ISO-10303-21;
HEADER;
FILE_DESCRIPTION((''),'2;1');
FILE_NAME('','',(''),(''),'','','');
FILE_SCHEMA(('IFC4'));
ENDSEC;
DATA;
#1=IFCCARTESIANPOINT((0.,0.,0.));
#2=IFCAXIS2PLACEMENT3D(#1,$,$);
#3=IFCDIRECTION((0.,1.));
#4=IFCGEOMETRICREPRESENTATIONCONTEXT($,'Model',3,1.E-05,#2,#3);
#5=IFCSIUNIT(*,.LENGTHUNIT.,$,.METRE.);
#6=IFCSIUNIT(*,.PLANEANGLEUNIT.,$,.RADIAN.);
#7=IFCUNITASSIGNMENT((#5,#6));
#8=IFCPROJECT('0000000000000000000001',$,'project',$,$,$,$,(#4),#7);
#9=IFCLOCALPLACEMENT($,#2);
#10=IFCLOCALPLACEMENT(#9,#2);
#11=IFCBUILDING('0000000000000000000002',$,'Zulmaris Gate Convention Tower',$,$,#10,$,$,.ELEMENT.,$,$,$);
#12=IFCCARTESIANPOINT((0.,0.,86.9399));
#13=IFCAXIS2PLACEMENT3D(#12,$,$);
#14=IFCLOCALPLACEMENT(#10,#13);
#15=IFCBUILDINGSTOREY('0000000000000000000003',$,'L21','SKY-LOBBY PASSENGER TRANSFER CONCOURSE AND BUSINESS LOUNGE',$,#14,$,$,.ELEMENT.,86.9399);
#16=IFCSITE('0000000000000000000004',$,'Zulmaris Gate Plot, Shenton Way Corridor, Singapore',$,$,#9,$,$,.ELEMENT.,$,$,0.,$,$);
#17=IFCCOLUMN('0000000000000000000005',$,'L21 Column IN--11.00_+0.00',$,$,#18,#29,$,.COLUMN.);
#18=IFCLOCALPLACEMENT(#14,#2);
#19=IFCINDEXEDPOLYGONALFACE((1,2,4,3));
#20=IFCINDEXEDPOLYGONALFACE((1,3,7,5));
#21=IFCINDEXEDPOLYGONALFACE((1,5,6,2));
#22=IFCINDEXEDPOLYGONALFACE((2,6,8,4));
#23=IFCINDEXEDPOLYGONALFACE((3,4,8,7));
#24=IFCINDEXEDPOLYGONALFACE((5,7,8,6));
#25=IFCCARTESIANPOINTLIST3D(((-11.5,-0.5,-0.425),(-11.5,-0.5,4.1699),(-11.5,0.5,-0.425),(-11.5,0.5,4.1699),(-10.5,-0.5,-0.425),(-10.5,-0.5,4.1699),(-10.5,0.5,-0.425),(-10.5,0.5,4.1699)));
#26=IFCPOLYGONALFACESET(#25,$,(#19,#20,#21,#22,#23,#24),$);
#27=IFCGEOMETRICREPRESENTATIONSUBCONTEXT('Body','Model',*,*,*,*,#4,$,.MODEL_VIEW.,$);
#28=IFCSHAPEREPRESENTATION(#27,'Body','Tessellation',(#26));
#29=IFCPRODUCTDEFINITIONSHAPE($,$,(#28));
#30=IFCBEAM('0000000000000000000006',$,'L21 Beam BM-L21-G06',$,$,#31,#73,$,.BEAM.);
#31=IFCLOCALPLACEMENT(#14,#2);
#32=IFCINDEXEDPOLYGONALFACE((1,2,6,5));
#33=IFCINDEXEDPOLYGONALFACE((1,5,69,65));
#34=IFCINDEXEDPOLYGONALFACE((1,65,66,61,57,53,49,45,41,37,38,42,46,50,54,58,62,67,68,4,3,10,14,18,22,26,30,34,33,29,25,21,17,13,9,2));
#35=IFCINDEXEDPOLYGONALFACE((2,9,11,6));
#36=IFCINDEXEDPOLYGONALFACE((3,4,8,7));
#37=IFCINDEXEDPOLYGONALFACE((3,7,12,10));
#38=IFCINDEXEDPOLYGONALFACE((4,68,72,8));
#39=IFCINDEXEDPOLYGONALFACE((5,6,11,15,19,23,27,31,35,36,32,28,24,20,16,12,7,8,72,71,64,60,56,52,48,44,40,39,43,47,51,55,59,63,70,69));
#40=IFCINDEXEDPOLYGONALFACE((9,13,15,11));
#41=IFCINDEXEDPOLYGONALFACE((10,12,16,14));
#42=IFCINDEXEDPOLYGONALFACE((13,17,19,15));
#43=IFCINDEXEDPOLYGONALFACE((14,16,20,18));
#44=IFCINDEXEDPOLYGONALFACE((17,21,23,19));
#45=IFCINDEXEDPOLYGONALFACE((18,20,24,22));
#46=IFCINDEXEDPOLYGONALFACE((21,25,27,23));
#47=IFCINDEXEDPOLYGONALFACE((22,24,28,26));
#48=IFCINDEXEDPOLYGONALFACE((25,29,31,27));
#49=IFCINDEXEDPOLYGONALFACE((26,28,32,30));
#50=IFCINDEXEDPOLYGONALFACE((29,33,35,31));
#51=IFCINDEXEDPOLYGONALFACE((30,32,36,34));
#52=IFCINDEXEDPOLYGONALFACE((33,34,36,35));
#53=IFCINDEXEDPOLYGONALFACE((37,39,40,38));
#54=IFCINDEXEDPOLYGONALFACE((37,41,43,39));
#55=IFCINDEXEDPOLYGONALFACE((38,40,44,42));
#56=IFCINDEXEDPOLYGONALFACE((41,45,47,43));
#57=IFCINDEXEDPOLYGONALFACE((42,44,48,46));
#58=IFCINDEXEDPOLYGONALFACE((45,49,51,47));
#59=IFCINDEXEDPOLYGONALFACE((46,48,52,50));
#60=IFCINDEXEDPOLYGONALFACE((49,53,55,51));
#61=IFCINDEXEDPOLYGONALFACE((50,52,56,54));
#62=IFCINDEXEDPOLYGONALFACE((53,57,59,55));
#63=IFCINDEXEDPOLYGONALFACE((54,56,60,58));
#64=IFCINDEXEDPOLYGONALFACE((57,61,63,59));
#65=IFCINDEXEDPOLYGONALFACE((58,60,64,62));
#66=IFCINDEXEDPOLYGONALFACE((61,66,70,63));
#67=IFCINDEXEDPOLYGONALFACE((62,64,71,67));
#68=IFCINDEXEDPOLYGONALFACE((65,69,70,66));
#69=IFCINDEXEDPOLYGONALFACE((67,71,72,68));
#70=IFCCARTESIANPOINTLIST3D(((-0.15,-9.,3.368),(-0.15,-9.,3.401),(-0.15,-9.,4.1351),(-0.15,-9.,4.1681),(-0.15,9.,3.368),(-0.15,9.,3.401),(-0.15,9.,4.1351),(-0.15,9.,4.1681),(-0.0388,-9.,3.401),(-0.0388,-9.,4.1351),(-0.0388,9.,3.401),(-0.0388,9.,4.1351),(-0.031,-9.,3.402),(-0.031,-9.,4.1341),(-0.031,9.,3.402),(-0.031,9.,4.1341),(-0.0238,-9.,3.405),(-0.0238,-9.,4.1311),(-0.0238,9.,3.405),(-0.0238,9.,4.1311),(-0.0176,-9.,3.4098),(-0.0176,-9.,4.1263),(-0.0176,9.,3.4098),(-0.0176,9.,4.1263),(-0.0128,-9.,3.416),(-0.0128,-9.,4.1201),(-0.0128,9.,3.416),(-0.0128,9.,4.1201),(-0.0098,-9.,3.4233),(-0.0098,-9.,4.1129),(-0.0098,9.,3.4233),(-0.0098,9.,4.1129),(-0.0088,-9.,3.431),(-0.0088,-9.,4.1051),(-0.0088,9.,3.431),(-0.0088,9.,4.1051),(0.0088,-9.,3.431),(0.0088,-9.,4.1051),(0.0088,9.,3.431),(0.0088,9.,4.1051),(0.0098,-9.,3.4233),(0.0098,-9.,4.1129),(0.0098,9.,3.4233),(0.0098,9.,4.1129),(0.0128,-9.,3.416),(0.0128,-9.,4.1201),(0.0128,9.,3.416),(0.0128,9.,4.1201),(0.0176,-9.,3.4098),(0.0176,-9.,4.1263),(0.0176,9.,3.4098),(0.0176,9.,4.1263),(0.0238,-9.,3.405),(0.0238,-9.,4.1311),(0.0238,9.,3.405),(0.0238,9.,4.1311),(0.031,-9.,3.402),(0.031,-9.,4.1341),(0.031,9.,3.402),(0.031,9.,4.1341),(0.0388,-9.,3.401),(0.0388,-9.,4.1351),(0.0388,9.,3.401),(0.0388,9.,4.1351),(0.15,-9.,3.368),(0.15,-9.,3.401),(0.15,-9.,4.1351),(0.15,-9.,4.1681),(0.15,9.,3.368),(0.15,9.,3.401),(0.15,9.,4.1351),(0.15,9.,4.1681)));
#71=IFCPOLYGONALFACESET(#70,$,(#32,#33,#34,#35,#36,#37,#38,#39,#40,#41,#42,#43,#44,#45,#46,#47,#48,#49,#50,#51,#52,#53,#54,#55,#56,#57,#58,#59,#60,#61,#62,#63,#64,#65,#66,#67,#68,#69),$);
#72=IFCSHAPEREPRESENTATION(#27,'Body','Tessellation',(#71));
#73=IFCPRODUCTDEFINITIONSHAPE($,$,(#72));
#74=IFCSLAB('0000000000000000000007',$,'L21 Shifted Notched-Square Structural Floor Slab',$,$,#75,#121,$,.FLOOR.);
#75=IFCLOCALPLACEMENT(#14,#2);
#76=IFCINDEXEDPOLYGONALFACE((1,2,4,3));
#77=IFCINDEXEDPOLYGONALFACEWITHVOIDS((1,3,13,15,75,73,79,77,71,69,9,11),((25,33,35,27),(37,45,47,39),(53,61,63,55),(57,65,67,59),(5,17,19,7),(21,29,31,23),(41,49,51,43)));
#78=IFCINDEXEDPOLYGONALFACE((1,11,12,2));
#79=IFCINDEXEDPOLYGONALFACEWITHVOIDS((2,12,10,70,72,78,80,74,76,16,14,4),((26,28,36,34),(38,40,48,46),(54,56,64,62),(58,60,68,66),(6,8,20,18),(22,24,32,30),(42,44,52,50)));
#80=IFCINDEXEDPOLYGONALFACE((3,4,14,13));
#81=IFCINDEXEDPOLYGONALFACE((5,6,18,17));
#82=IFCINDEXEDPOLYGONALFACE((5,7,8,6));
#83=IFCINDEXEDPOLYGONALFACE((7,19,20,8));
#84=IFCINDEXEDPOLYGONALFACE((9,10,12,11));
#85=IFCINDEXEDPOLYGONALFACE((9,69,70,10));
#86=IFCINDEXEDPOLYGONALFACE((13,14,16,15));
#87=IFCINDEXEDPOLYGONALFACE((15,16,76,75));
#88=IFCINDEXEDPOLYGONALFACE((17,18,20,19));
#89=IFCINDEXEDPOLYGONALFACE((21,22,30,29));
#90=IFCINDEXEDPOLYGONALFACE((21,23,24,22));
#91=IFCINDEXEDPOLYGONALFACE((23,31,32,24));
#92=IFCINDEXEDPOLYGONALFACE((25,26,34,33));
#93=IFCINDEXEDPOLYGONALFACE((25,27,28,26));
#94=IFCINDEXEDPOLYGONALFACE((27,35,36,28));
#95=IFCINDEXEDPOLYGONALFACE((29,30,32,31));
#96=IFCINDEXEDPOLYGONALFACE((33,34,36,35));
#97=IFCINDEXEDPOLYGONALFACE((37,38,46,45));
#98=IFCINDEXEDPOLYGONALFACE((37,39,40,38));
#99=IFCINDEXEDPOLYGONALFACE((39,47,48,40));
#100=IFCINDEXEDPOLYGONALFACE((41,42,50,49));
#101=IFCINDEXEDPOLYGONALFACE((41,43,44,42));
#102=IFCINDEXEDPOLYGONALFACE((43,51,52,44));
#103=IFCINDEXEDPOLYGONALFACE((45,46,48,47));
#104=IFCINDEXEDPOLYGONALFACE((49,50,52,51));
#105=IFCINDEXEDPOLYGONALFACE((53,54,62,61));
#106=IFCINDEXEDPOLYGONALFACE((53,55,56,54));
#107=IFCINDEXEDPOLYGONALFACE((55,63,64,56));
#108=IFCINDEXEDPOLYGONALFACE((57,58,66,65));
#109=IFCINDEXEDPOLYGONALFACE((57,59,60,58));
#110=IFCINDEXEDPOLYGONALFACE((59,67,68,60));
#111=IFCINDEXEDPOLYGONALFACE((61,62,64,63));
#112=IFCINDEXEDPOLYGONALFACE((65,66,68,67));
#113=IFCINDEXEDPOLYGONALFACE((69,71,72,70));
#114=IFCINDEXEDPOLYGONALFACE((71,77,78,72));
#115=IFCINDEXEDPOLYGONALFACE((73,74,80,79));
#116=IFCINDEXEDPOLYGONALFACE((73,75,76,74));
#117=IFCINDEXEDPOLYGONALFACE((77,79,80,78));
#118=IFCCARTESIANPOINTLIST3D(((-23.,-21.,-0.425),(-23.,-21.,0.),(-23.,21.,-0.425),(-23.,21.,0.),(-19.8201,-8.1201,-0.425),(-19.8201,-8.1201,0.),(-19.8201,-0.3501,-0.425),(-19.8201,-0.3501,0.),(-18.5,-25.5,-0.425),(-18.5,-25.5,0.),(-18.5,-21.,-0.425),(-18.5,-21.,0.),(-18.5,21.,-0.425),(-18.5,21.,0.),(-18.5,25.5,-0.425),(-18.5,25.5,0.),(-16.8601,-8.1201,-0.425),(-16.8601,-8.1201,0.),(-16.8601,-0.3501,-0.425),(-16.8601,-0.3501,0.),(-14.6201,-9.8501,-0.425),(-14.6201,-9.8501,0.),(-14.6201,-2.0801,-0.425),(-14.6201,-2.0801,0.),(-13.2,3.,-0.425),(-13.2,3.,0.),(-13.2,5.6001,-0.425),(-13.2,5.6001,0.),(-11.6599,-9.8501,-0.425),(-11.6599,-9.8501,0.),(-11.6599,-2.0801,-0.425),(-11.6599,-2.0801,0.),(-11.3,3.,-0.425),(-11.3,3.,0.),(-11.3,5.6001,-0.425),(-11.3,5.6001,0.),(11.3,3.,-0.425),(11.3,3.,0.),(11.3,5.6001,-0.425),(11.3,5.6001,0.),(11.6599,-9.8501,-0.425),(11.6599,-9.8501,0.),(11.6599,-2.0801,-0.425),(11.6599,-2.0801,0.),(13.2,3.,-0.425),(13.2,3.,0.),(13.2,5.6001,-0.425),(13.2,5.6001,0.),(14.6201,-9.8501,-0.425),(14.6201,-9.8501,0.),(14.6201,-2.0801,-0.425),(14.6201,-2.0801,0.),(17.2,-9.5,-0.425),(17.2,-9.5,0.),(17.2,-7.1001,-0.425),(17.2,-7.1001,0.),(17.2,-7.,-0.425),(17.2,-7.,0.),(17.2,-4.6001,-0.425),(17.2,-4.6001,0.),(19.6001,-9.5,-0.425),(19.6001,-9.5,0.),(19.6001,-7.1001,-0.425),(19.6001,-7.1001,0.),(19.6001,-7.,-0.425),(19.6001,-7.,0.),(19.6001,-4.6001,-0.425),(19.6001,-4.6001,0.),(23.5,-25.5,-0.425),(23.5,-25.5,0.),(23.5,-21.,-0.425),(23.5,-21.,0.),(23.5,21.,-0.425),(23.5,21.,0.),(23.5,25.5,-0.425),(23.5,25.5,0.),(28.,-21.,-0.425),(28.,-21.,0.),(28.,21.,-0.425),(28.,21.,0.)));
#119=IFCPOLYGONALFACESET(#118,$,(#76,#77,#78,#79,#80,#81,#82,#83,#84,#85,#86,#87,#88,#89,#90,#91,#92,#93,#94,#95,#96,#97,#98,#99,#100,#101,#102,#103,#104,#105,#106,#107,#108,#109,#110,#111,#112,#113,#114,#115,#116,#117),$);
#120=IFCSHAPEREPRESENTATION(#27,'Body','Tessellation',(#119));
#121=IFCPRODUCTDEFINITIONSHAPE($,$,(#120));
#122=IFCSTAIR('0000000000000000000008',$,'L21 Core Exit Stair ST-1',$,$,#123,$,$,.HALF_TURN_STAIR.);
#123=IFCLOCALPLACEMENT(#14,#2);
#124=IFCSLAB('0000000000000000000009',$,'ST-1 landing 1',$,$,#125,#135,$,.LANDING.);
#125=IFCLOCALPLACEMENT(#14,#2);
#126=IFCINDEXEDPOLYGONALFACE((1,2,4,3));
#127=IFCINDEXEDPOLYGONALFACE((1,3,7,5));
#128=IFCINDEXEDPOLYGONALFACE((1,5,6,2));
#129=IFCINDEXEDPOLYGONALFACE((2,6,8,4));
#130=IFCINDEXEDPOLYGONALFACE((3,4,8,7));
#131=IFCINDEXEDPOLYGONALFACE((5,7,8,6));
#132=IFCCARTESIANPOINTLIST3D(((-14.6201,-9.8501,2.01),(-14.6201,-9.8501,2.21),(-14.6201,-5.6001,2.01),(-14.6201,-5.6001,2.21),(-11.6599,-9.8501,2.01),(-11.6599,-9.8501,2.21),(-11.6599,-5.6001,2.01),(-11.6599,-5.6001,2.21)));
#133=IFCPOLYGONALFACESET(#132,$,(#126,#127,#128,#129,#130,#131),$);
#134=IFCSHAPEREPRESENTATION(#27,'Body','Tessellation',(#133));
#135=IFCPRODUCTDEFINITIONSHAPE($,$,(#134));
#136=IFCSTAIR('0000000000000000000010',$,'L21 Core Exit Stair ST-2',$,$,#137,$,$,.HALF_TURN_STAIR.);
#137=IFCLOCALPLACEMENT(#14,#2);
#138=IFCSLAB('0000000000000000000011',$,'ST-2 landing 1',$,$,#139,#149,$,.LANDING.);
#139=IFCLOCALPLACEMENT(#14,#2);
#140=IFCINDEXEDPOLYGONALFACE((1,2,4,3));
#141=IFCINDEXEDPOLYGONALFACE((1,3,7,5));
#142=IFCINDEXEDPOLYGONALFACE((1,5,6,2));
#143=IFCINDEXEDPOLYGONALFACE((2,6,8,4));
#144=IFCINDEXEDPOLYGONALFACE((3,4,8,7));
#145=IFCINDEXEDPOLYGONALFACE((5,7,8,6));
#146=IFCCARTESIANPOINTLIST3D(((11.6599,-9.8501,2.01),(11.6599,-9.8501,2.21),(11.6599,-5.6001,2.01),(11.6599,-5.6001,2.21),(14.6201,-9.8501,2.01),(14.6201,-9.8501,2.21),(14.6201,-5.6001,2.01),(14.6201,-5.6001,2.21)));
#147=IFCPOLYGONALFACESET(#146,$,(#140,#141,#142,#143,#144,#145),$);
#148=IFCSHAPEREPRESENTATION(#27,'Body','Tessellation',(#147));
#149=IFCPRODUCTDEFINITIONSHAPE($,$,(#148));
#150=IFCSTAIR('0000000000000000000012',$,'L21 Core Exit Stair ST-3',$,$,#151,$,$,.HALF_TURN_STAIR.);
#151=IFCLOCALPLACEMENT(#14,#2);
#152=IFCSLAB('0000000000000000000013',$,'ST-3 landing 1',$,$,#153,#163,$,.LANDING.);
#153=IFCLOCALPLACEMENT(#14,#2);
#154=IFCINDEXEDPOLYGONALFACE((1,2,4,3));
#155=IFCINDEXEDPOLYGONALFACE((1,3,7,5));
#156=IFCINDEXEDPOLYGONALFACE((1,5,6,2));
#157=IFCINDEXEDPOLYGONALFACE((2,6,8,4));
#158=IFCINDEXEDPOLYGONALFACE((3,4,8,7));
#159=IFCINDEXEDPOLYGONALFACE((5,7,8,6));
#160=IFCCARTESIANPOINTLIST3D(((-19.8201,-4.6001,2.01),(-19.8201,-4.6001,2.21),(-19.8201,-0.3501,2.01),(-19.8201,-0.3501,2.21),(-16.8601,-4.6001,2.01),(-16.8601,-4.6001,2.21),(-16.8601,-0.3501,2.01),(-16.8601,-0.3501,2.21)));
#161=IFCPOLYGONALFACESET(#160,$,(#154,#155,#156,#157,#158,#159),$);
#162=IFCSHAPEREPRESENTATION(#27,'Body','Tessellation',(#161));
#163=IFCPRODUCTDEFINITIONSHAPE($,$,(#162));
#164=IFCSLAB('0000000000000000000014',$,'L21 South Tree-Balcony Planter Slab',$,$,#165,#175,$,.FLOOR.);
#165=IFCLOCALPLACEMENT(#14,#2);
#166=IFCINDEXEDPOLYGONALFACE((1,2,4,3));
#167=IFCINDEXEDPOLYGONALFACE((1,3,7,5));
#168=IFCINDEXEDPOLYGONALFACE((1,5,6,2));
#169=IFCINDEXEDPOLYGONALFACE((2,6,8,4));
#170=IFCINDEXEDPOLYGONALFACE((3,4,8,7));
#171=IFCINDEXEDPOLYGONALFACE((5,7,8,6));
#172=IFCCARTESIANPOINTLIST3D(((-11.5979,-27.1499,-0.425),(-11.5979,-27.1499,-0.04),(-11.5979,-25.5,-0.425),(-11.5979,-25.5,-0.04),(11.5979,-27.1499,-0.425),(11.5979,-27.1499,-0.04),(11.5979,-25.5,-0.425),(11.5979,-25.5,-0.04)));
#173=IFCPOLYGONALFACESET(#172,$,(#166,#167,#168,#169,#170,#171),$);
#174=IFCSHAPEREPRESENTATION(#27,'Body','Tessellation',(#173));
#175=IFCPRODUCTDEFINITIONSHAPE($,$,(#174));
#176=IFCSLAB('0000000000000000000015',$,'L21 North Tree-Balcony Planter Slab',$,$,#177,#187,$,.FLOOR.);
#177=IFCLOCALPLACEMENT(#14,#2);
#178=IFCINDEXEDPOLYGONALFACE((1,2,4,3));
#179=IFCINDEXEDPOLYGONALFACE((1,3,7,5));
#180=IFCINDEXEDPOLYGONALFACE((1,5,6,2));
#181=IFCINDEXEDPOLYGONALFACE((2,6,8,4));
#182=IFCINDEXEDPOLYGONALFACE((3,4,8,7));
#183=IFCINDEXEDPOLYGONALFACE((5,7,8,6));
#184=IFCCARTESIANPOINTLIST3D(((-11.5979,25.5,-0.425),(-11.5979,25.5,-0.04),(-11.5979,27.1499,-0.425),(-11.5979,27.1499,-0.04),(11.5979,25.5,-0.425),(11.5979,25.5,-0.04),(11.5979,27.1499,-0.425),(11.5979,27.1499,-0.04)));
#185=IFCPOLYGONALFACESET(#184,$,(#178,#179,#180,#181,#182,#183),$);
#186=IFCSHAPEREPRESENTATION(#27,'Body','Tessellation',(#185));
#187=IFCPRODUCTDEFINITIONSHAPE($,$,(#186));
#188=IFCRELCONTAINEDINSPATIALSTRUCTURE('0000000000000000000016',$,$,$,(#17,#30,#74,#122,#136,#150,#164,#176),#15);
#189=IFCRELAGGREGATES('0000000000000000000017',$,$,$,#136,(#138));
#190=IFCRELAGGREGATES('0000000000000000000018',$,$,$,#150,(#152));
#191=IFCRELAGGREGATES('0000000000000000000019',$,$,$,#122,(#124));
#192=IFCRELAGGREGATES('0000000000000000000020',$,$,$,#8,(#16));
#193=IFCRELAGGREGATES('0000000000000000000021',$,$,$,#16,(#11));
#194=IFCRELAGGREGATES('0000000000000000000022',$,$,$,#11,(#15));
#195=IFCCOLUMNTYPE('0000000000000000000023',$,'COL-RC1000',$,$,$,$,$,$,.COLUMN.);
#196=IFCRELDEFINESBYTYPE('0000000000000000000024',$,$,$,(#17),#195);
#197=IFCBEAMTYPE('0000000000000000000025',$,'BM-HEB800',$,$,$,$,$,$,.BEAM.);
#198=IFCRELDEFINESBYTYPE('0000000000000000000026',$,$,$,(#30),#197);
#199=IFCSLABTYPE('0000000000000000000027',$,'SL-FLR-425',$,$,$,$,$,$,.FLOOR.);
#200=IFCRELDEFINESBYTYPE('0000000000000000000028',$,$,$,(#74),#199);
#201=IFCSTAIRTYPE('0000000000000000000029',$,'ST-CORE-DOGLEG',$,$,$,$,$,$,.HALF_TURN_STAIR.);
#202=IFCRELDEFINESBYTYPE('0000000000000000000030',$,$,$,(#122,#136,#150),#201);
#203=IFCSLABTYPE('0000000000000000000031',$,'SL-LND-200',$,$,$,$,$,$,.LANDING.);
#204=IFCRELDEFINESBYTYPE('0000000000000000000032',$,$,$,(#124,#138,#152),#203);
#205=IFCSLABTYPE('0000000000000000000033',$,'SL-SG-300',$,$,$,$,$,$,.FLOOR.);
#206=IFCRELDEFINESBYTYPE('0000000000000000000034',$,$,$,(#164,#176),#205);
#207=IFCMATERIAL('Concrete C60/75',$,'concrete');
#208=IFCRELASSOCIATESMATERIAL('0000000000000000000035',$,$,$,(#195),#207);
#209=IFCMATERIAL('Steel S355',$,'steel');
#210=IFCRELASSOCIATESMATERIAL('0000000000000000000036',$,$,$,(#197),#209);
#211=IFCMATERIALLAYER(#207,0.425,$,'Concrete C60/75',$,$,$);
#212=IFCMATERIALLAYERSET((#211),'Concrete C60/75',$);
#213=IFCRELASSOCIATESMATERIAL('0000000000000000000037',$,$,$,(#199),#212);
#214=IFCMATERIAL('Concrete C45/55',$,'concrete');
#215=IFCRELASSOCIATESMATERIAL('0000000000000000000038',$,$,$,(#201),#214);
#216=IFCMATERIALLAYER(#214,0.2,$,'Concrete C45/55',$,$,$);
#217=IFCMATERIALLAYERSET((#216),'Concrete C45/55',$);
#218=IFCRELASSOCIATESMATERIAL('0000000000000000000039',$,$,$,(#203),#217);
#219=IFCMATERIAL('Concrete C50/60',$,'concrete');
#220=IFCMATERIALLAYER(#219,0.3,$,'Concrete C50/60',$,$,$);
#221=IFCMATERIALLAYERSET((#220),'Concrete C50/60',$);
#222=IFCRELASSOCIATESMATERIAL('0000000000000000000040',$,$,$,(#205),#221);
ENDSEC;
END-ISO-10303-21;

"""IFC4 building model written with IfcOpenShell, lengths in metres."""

from ifc_helpers import new_model, si_unit, direction, frame, origin, origin_2d, place, context, subcontext, project, spatial, polyline, rectangle, i_section, outline, extrude, material, layer, layer_set, material_profile, profile_set, type_object, element, aggregate, save


model = new_model("IFC4")

# Units and contexts
model_context = context("Model", 3, precision=1e-05, world=origin(), true_north=direction((0.0, 1.0)))
body_context = subcontext(model_context, "Body", "Model", "MODEL_VIEW")
ifc_project = project(units=[si_unit("LENGTHUNIT", "METRE"), si_unit("PLANEANGLEUNIT", "RADIAN")], contexts=[model_context])

# Site, building, storey
site_placement = place(None, origin())
site = spatial("IfcSite", under=ifc_project, at=site_placement, Name="Zulmaris Gate Plot, Shenton Way Corridor, Singapore", CompositionType="ELEMENT", RefElevation=0.0)
building_placement = place(site_placement, origin())
building = spatial("IfcBuilding", under=site, at=building_placement, Name="Zulmaris Gate Convention Tower", CompositionType="ELEMENT")
storey_placement = place(building_placement, frame((0.0, 0.0, 86.9399)))
storey = spatial("IfcBuildingStorey", under=building, at=storey_placement, Name="L21", Description="SKY-LOBBY PASSENGER TRANSFER CONCOURSE AND BUSINESS LOUNGE", CompositionType="ELEMENT", Elevation=86.9399)

# Column
ifc_material_1 = material(Name="Concrete C60/75", Category="concrete")
ifc_material_profile_1 = material_profile(ifc_material_1, rectangle(XDim=1.0, YDim=1.0, at=origin_2d()), Name="RC COL 1000x1000")
ifc_profile_set_1 = profile_set([ifc_material_profile_1], Name="Concrete C60/75")
column_type = type_object("IfcColumnType", Name="COL-RC1000", PredefinedType="COLUMN", material=ifc_profile_set_1)
column_placement = place(storey_placement, frame((-11.0, 0.0, -0.425), z_axis=(0.0, 0.0, 1.0), x_axis=(1.0, 0.0, 0.0)))
element("IfcColumn", 1, at=column_placement, inside=storey, type_object=column_type, Name="L21 Column IN--11.00_+0.00", PredefinedType="COLUMN", context=body_context, shape_type="SweptSolid", body=[
    extrude(rectangle(XDim=1.0, YDim=1.0, at=origin_2d()), origin(), (0.0, 0.0, 1.0), 4.595),
])

# Beam
ifc_material_2 = material(Name="Steel S355", Category="steel")
ifc_material_profile_2 = material_profile(ifc_material_2, i_section(OverallWidth=0.3, OverallDepth=0.8, WebThickness=0.0176, FlangeThickness=0.033, FilletRadius=0.03, at=origin_2d()), Name="HEB 800")
ifc_profile_set_2 = profile_set([ifc_material_profile_2], Name="Steel S355")
beam_type = type_object("IfcBeamType", Name="BM-HEB800", PredefinedType="BEAM", material=ifc_profile_set_2)
beam_placement = place(storey_placement, frame((0.0, -9.0, 3.7681), z_axis=(0.0, 1.0, 0.0), x_axis=(-1.0, 0.0, 0.0)))
element("IfcBeam", 2, at=beam_placement, inside=storey, type_object=beam_type, Name="L21 Beam BM-L21-G06", PredefinedType="BEAM", context=body_context, shape_type="SweptSolid", body=[
    extrude(i_section(OverallWidth=0.3, OverallDepth=0.8, WebThickness=0.0176, FlangeThickness=0.033, FilletRadius=0.03, at=origin_2d()), origin(), (0.0, 0.0, 1.0), 18.0),
])

# Slab
ifc_layer_1 = layer(ifc_material_1, 0.425, Name="Concrete C60/75")
ifc_layer_set_1 = layer_set([ifc_layer_1], Name="Concrete C60/75")
slab_type_1 = type_object("IfcSlabType", Name="SL-FLR-425", PredefinedType="FLOOR", material=ifc_layer_set_1)
slab_1_placement = place(storey_placement, frame((0.0, 0.0, -0.425)))
element("IfcSlab", 3, at=slab_1_placement, inside=storey, type_object=slab_type_1, Name="L21 Shifted Notched-Square Structural Floor Slab", PredefinedType="FLOOR", context=body_context, shape_type="SweptSolid", body=[
    extrude(outline(polyline([(-18.5, -25.5), (23.5, -25.5), (23.5, -21.0), (28.0, -21.0), (28.0, 21.0), (23.5, 21.0), (23.5, 25.5), (-18.5, 25.5), (-18.5, 21.0), (-23.0, 21.0), (-23.0, -21.0), (-18.5, -21.0), (-18.5, -25.5)]), holes=[polyline([(-14.6201, -2.0801), (-14.6201, -9.8501), (-11.6599, -9.8501), (-11.6599, -2.0801), (-14.6201, -2.0801)]), polyline([(11.6599, -2.0801), (11.6599, -9.8501), (14.6201, -9.8501), (14.6201, -2.0801), (11.6599, -2.0801)]), polyline([(-16.8601, -8.1201), (-16.8601, -0.3501), (-19.8201, -0.3501), (-19.8201, -8.1201), (-16.8601, -8.1201)]), polyline([(-13.2, 3.0), (-11.3, 3.0), (-11.3, 5.6001), (-13.2, 5.6001), (-13.2, 3.0)]), polyline([(11.3, 3.0), (13.2, 3.0), (13.2, 5.6001), (11.3, 5.6001), (11.3, 3.0)]), polyline([(17.2, -9.5), (19.6001, -9.5), (19.6001, -7.1001), (17.2, -7.1001), (17.2, -9.5)]), polyline([(17.2, -7.0), (19.6001, -7.0), (19.6001, -4.6001), (17.2, -4.6001), (17.2, -7.0)])]), origin(), (0.0, 0.0, 1.0), 0.425),
])

# Stairs, slabs
ifc_material_3 = material(Name="Concrete C45/55", Category="concrete")
stair_type = type_object("IfcStairType", Name="ST-CORE-DOGLEG", PredefinedType="HALF_TURN_STAIR", material=ifc_material_3)
stair_1_placement = place(storey_placement, origin())
stair_1 = element("IfcStair", 4, at=stair_1_placement, inside=storey, type_object=stair_type, Name="L21 Core Exit Stair ST-1", PredefinedType="HALF_TURN_STAIR")
ifc_layer_2 = layer(ifc_material_3, 0.2, Name="Concrete C45/55")
ifc_layer_set_2 = layer_set([ifc_layer_2], Name="Concrete C45/55")
slab_type_2 = type_object("IfcSlabType", Name="SL-LND-200", PredefinedType="LANDING", material=ifc_layer_set_2)
slab_2_placement = place(storey_placement, frame((0.0, 0.0, 2.01)))
slab_2 = element("IfcSlab", 5, at=slab_2_placement, type_object=slab_type_2, Name="ST-1 landing 1", PredefinedType="LANDING", context=body_context, shape_type="SweptSolid", body=[
    extrude(outline(polyline([(-14.6201, -5.6001), (-14.6201, -9.8501), (-11.6599, -9.8501), (-11.6599, -5.6001), (-14.6201, -5.6001)])), origin(), (0.0, 0.0, 1.0), 0.2),
])
stair_2_placement = place(storey_placement, origin())
stair_2 = element("IfcStair", 6, at=stair_2_placement, inside=storey, type_object=stair_type, Name="L21 Core Exit Stair ST-2", PredefinedType="HALF_TURN_STAIR")
slab_3_placement = place(storey_placement, frame((0.0, 0.0, 2.01)))
slab_3 = element("IfcSlab", 7, at=slab_3_placement, type_object=slab_type_2, Name="ST-2 landing 1", PredefinedType="LANDING", context=body_context, shape_type="SweptSolid", body=[
    extrude(outline(polyline([(11.6599, -5.6001), (11.6599, -9.8501), (14.6201, -9.8501), (14.6201, -5.6001), (11.6599, -5.6001)])), origin(), (0.0, 0.0, 1.0), 0.2),
])
aggregate(stair_2, [slab_3])
stair_3_placement = place(storey_placement, origin())
stair_3 = element("IfcStair", 8, at=stair_3_placement, inside=storey, type_object=stair_type, Name="L21 Core Exit Stair ST-3", PredefinedType="HALF_TURN_STAIR")
slab_4_placement = place(storey_placement, frame((0.0, 0.0, 2.01)))
slab_4 = element("IfcSlab", 9, at=slab_4_placement, type_object=slab_type_2, Name="ST-3 landing 1", PredefinedType="LANDING", context=body_context, shape_type="SweptSolid", body=[
    extrude(outline(polyline([(-16.8601, -4.6001), (-16.8601, -0.3501), (-19.8201, -0.3501), (-19.8201, -4.6001), (-16.8601, -4.6001)])), origin(), (0.0, 0.0, 1.0), 0.2),
])
aggregate(stair_3, [slab_4])

# Slabs
ifc_material_4 = material(Name="Concrete C50/60", Category="concrete")
ifc_layer_3 = layer(ifc_material_4, 0.3, Name="Concrete C50/60")
ifc_layer_set_3 = layer_set([ifc_layer_3], Name="Concrete C50/60")
slab_type_3 = type_object("IfcSlabType", Name="SL-SG-300", PredefinedType="FLOOR", material=ifc_layer_set_3)
slab_5_placement = place(storey_placement, frame((0.0, 0.0, -0.425)))
element("IfcSlab", 10, at=slab_5_placement, inside=storey, type_object=slab_type_3, Name="L21 South Tree-Balcony Planter Slab", PredefinedType="FLOOR", context=body_context, shape_type="SweptSolid", body=[
    extrude(outline(polyline([(-11.5979, -27.1499), (-11.5979, -25.5), (11.5979, -25.5), (11.5979, -27.1499), (-11.5979, -27.1499)])), origin(), (0.0, 0.0, 1.0), 0.385),
])
slab_6_placement = place(storey_placement, frame((0.0, 0.0, -0.425)))
element("IfcSlab", 11, at=slab_6_placement, inside=storey, type_object=slab_type_3, Name="L21 North Tree-Balcony Planter Slab", PredefinedType="FLOOR", context=body_context, shape_type="SweptSolid", body=[
    extrude(outline(polyline([(11.5979, 27.1499), (11.5979, 25.5), (-11.5979, 25.5), (-11.5979, 27.1499), (11.5979, 27.1499)])), origin(), (0.0, 0.0, 1.0), 0.385),
])

aggregate(stair_1, [slab_2])

save(model, "model.ifc")
